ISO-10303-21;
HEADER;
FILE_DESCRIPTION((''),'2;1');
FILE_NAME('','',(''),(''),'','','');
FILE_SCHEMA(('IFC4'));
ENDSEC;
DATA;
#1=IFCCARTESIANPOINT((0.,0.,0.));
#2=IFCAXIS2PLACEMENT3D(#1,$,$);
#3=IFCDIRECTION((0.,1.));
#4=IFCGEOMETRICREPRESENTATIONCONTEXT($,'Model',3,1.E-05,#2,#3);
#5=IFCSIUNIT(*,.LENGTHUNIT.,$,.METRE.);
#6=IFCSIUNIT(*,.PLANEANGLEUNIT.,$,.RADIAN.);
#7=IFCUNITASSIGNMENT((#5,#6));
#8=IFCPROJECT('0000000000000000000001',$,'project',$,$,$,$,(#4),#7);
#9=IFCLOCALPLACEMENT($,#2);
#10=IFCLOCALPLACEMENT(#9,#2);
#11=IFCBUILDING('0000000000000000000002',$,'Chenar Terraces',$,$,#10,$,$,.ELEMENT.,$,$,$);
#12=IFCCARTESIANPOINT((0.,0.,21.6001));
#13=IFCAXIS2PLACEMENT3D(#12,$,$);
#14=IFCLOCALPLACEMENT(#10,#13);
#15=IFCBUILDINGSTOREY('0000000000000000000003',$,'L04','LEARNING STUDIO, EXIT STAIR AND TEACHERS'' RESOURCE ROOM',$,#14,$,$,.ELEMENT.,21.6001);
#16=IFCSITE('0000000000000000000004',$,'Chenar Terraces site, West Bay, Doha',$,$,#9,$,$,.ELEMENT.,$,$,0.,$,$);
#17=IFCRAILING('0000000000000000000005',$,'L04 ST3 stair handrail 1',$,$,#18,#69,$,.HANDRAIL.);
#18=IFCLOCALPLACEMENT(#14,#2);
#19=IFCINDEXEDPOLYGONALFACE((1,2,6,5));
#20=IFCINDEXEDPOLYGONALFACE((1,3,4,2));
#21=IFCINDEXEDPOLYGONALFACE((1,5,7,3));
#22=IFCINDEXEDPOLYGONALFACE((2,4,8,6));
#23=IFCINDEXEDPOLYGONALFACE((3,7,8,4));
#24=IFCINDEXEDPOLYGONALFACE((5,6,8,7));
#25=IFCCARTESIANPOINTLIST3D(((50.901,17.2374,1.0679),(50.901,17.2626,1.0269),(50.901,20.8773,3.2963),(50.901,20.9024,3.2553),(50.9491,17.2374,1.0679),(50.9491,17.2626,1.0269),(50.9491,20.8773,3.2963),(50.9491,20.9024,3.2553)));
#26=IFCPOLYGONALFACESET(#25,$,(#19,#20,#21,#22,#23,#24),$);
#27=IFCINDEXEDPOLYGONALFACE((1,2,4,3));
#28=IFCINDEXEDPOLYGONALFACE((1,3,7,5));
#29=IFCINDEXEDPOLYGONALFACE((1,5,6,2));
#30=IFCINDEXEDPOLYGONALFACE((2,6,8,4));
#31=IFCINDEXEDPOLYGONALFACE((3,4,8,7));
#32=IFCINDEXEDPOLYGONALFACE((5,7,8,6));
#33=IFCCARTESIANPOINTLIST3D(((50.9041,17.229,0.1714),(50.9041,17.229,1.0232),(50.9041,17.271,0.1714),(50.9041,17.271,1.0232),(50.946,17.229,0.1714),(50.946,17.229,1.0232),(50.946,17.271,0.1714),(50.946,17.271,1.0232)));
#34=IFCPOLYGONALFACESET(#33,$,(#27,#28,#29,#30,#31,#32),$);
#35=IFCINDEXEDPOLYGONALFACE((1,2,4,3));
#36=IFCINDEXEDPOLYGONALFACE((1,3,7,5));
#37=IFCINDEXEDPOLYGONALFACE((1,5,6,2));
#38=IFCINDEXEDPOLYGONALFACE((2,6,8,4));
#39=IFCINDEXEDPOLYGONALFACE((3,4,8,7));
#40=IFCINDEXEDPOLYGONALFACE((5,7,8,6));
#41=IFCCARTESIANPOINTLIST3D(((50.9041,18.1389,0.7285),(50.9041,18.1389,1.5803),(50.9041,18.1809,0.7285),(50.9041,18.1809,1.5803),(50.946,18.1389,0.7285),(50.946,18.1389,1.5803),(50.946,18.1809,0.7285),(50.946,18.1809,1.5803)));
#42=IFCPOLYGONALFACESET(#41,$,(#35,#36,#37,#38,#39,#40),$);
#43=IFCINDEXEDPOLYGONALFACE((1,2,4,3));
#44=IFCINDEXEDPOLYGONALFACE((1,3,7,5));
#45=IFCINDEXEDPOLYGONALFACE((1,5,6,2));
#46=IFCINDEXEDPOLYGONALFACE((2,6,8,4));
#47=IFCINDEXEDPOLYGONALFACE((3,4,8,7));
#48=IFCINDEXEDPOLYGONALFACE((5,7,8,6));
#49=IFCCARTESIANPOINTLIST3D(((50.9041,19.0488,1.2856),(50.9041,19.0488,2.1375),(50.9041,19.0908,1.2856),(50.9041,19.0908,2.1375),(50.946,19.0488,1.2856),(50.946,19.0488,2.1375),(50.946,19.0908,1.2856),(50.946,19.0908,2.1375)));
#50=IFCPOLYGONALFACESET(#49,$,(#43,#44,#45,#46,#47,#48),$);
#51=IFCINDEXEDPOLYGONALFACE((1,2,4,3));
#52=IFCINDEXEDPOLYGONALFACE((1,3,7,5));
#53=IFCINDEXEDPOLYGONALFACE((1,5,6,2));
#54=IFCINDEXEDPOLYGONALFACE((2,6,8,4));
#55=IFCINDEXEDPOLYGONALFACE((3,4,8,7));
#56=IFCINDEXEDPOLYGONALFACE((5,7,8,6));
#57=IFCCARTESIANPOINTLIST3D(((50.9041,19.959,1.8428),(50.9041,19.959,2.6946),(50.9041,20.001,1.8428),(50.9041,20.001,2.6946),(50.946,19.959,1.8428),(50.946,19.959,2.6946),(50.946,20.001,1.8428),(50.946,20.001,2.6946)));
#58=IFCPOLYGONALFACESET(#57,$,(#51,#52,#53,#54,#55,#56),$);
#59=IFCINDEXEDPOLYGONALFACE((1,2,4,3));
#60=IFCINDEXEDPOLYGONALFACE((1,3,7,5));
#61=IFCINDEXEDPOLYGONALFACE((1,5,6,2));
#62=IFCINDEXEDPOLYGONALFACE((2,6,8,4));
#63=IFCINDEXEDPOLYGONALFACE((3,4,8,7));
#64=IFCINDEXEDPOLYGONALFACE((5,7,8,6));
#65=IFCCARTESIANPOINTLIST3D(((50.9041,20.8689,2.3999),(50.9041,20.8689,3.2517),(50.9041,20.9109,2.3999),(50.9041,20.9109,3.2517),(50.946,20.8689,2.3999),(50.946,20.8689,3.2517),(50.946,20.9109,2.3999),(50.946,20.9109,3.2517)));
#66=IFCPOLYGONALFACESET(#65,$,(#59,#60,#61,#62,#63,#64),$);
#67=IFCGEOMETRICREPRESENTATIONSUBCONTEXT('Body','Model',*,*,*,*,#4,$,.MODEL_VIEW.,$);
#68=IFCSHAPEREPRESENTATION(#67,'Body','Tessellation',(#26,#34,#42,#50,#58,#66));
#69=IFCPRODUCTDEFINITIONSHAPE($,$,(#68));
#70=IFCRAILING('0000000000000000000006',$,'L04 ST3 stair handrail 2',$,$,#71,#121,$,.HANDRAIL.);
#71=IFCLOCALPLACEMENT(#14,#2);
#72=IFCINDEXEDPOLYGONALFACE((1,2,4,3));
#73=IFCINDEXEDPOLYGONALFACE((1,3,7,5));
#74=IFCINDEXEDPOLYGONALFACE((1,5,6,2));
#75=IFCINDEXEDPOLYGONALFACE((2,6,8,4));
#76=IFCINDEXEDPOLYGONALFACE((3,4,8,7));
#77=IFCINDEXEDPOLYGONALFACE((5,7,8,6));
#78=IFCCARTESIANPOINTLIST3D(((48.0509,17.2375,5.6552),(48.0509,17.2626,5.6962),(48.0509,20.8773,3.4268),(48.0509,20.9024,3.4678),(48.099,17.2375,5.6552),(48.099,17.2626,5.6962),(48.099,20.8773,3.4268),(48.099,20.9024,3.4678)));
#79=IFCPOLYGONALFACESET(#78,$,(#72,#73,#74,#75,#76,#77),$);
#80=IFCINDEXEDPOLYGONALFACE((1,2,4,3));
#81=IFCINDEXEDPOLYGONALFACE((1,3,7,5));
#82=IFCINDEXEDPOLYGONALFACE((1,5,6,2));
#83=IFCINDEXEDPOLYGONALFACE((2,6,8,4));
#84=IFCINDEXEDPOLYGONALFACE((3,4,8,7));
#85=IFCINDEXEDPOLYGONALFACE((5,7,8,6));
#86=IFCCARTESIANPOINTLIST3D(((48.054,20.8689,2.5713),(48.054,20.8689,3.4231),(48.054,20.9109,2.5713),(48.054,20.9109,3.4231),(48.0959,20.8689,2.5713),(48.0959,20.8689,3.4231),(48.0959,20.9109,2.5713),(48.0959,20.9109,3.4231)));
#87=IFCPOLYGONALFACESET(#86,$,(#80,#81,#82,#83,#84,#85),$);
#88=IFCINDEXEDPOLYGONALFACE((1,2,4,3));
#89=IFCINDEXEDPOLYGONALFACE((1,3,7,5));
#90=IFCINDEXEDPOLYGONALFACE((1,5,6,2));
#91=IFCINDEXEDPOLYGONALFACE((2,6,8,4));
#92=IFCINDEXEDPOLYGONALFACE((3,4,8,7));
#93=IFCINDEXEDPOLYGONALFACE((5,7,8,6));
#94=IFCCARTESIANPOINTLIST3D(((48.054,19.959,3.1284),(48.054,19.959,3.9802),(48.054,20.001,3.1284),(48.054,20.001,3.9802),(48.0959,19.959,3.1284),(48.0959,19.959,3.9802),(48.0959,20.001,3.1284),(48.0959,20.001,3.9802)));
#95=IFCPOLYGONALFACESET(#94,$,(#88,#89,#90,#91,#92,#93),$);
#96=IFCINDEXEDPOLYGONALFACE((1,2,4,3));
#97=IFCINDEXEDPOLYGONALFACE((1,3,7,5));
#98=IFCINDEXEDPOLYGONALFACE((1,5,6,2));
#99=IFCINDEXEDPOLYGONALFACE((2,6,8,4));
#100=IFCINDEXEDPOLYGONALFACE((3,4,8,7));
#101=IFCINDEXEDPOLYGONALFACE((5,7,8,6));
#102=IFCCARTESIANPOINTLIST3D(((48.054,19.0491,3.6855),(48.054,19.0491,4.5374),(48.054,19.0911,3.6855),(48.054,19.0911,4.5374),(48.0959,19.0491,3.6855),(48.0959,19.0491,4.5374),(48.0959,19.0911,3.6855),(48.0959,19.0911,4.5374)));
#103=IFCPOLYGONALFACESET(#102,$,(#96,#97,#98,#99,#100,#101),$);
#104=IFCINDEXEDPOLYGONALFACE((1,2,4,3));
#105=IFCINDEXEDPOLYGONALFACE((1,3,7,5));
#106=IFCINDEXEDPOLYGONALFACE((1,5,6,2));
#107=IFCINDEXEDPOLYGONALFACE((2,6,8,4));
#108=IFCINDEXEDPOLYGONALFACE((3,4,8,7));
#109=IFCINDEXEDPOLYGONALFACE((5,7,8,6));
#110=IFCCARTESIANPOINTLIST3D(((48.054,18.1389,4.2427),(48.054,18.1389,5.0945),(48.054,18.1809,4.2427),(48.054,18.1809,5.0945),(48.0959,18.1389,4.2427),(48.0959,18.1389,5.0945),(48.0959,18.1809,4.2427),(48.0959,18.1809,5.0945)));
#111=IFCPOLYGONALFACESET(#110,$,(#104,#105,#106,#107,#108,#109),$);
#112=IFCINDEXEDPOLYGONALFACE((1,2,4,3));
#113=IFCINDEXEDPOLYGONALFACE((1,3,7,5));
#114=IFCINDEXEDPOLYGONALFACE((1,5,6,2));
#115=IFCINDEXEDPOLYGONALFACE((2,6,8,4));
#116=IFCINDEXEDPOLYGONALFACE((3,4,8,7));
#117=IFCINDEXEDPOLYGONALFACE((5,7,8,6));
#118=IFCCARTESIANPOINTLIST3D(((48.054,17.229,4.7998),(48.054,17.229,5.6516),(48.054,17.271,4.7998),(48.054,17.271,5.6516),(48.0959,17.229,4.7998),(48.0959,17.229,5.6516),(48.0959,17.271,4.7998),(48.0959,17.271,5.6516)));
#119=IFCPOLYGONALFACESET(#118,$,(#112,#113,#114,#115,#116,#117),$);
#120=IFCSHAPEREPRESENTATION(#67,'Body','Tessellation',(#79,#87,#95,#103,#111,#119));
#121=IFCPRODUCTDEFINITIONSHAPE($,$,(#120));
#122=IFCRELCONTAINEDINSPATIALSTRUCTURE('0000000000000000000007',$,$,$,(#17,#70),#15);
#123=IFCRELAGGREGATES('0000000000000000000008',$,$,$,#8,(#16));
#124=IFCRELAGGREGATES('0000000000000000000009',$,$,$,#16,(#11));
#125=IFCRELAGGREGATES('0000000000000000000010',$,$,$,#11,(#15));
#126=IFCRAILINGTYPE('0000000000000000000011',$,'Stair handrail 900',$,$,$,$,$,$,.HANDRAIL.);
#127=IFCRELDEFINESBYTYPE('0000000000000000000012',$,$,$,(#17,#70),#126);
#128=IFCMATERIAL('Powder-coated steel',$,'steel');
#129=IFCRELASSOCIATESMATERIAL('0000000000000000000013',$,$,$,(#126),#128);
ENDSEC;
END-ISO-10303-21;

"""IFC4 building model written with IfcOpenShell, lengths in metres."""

from ifc_helpers import new_model, si_unit, direction, frame, origin, origin_2d, place, context, subcontext, project, spatial, rectangle, extrude, material, type_object, element, save


model = new_model("IFC4")

# Units and contexts
model_context = context("Model", 3, precision=1e-05, world=origin(), true_north=direction((0.0, 1.0)))
body_context = subcontext(model_context, "Body", "Model", "MODEL_VIEW")
ifc_project = project(units=[si_unit("LENGTHUNIT", "METRE"), si_unit("PLANEANGLEUNIT", "RADIAN")], contexts=[model_context])

# Site, building, storey
site_placement = place(None, origin())
site = spatial("IfcSite", under=ifc_project, at=site_placement, Name="Chenar Terraces site, West Bay, Doha", CompositionType="ELEMENT", RefElevation=0.0)
building_placement = place(site_placement, origin())
building = spatial("IfcBuilding", under=site, at=building_placement, Name="Chenar Terraces", CompositionType="ELEMENT")
storey_placement = place(building_placement, frame((0.0, 0.0, 21.6001)))
storey = spatial("IfcBuildingStorey", under=building, at=storey_placement, Name="L04", Description="LEARNING STUDIO, EXIT STAIR AND TEACHERS' RESOURCE ROOM", CompositionType="ELEMENT", Elevation=21.6001)

# Railings
ifc_material_1 = material(Name="Powder-coated steel", Category="steel")
railing_type_1 = type_object("IfcRailingType", Name="Stair handrail 900", PredefinedType="HANDRAIL", material=ifc_material_1)
railing_1_placement = place(storey_placement, frame((50.925, 17.25, 0.1714)))
element("IfcRailing", 1, at=railing_1_placement, inside=storey, type_object=railing_type_1, Name="L04 ST3 stair handrail 1", PredefinedType="HANDRAIL", context=body_context, shape_type="SweptSolid", body=[
    extrude(rectangle(XDim=0.0481, YDim=0.0481, at=origin_2d()), frame((0.0, 0.0, 0.876), z_axis=(0.0, 0.85285, 0.522156), x_axis=(-1.0, 0.0, 0.0)), (0.0, 0.0, 1.0), 4.2678),
    extrude(rectangle(XDim=0.042, YDim=0.042, at=origin_2d()), origin(), (0.0, 0.0, 1.0), 0.8518),
    extrude(rectangle(XDim=0.042, YDim=0.042, at=origin_2d()), frame((0.0, 0.9099, 0.5571)), (0.0, 0.0, 1.0), 0.8518),
    extrude(rectangle(XDim=0.042, YDim=0.042, at=origin_2d()), frame((0.0, 1.8198, 1.1143)), (0.0, 0.0, 1.0), 0.8518),
    extrude(rectangle(XDim=0.042, YDim=0.042, at=origin_2d()), frame((0.0, 2.73, 1.6714)), (0.0, 0.0, 1.0), 0.8518),
    extrude(rectangle(XDim=0.042, YDim=0.042, at=origin_2d()), frame((0.0, 3.6399, 2.2285)), (0.0, 0.0, 1.0), 0.8518),
])
railing_2_placement = place(storey_placement, frame((48.075, 20.8899, 2.5713)))
element("IfcRailing", 2, at=railing_2_placement, inside=storey, type_object=railing_type_1, Name="L04 ST3 stair handrail 2", PredefinedType="HANDRAIL", context=body_context, shape_type="SweptSolid", body=[
    extrude(rectangle(XDim=0.0481, YDim=0.0481, at=origin_2d()), frame((0.0, 0.0, 0.876), z_axis=(0.0, -0.85285, 0.522156), x_axis=(1.0, 0.0, 0.0)), (0.0, 0.0, 1.0), 4.2678),
    extrude(rectangle(XDim=0.042, YDim=0.042, at=origin_2d()), origin(), (0.0, 0.0, 1.0), 0.8518),
    extrude(rectangle(XDim=0.042, YDim=0.042, at=origin_2d()), frame((0.0, -0.9099, 0.5571)), (0.0, 0.0, 1.0), 0.8518),
    extrude(rectangle(XDim=0.042, YDim=0.042, at=origin_2d()), frame((0.0, -1.8198, 1.1143)), (0.0, 0.0, 1.0), 0.8518),
    extrude(rectangle(XDim=0.042, YDim=0.042, at=origin_2d()), frame((0.0, -2.73, 1.6714)), (0.0, 0.0, 1.0), 0.8518),
    extrude(rectangle(XDim=0.042, YDim=0.042, at=origin_2d()), frame((0.0, -3.6399, 2.2285)), (0.0, 0.0, 1.0), 0.8518),
])

save(model, "model.ifc")
